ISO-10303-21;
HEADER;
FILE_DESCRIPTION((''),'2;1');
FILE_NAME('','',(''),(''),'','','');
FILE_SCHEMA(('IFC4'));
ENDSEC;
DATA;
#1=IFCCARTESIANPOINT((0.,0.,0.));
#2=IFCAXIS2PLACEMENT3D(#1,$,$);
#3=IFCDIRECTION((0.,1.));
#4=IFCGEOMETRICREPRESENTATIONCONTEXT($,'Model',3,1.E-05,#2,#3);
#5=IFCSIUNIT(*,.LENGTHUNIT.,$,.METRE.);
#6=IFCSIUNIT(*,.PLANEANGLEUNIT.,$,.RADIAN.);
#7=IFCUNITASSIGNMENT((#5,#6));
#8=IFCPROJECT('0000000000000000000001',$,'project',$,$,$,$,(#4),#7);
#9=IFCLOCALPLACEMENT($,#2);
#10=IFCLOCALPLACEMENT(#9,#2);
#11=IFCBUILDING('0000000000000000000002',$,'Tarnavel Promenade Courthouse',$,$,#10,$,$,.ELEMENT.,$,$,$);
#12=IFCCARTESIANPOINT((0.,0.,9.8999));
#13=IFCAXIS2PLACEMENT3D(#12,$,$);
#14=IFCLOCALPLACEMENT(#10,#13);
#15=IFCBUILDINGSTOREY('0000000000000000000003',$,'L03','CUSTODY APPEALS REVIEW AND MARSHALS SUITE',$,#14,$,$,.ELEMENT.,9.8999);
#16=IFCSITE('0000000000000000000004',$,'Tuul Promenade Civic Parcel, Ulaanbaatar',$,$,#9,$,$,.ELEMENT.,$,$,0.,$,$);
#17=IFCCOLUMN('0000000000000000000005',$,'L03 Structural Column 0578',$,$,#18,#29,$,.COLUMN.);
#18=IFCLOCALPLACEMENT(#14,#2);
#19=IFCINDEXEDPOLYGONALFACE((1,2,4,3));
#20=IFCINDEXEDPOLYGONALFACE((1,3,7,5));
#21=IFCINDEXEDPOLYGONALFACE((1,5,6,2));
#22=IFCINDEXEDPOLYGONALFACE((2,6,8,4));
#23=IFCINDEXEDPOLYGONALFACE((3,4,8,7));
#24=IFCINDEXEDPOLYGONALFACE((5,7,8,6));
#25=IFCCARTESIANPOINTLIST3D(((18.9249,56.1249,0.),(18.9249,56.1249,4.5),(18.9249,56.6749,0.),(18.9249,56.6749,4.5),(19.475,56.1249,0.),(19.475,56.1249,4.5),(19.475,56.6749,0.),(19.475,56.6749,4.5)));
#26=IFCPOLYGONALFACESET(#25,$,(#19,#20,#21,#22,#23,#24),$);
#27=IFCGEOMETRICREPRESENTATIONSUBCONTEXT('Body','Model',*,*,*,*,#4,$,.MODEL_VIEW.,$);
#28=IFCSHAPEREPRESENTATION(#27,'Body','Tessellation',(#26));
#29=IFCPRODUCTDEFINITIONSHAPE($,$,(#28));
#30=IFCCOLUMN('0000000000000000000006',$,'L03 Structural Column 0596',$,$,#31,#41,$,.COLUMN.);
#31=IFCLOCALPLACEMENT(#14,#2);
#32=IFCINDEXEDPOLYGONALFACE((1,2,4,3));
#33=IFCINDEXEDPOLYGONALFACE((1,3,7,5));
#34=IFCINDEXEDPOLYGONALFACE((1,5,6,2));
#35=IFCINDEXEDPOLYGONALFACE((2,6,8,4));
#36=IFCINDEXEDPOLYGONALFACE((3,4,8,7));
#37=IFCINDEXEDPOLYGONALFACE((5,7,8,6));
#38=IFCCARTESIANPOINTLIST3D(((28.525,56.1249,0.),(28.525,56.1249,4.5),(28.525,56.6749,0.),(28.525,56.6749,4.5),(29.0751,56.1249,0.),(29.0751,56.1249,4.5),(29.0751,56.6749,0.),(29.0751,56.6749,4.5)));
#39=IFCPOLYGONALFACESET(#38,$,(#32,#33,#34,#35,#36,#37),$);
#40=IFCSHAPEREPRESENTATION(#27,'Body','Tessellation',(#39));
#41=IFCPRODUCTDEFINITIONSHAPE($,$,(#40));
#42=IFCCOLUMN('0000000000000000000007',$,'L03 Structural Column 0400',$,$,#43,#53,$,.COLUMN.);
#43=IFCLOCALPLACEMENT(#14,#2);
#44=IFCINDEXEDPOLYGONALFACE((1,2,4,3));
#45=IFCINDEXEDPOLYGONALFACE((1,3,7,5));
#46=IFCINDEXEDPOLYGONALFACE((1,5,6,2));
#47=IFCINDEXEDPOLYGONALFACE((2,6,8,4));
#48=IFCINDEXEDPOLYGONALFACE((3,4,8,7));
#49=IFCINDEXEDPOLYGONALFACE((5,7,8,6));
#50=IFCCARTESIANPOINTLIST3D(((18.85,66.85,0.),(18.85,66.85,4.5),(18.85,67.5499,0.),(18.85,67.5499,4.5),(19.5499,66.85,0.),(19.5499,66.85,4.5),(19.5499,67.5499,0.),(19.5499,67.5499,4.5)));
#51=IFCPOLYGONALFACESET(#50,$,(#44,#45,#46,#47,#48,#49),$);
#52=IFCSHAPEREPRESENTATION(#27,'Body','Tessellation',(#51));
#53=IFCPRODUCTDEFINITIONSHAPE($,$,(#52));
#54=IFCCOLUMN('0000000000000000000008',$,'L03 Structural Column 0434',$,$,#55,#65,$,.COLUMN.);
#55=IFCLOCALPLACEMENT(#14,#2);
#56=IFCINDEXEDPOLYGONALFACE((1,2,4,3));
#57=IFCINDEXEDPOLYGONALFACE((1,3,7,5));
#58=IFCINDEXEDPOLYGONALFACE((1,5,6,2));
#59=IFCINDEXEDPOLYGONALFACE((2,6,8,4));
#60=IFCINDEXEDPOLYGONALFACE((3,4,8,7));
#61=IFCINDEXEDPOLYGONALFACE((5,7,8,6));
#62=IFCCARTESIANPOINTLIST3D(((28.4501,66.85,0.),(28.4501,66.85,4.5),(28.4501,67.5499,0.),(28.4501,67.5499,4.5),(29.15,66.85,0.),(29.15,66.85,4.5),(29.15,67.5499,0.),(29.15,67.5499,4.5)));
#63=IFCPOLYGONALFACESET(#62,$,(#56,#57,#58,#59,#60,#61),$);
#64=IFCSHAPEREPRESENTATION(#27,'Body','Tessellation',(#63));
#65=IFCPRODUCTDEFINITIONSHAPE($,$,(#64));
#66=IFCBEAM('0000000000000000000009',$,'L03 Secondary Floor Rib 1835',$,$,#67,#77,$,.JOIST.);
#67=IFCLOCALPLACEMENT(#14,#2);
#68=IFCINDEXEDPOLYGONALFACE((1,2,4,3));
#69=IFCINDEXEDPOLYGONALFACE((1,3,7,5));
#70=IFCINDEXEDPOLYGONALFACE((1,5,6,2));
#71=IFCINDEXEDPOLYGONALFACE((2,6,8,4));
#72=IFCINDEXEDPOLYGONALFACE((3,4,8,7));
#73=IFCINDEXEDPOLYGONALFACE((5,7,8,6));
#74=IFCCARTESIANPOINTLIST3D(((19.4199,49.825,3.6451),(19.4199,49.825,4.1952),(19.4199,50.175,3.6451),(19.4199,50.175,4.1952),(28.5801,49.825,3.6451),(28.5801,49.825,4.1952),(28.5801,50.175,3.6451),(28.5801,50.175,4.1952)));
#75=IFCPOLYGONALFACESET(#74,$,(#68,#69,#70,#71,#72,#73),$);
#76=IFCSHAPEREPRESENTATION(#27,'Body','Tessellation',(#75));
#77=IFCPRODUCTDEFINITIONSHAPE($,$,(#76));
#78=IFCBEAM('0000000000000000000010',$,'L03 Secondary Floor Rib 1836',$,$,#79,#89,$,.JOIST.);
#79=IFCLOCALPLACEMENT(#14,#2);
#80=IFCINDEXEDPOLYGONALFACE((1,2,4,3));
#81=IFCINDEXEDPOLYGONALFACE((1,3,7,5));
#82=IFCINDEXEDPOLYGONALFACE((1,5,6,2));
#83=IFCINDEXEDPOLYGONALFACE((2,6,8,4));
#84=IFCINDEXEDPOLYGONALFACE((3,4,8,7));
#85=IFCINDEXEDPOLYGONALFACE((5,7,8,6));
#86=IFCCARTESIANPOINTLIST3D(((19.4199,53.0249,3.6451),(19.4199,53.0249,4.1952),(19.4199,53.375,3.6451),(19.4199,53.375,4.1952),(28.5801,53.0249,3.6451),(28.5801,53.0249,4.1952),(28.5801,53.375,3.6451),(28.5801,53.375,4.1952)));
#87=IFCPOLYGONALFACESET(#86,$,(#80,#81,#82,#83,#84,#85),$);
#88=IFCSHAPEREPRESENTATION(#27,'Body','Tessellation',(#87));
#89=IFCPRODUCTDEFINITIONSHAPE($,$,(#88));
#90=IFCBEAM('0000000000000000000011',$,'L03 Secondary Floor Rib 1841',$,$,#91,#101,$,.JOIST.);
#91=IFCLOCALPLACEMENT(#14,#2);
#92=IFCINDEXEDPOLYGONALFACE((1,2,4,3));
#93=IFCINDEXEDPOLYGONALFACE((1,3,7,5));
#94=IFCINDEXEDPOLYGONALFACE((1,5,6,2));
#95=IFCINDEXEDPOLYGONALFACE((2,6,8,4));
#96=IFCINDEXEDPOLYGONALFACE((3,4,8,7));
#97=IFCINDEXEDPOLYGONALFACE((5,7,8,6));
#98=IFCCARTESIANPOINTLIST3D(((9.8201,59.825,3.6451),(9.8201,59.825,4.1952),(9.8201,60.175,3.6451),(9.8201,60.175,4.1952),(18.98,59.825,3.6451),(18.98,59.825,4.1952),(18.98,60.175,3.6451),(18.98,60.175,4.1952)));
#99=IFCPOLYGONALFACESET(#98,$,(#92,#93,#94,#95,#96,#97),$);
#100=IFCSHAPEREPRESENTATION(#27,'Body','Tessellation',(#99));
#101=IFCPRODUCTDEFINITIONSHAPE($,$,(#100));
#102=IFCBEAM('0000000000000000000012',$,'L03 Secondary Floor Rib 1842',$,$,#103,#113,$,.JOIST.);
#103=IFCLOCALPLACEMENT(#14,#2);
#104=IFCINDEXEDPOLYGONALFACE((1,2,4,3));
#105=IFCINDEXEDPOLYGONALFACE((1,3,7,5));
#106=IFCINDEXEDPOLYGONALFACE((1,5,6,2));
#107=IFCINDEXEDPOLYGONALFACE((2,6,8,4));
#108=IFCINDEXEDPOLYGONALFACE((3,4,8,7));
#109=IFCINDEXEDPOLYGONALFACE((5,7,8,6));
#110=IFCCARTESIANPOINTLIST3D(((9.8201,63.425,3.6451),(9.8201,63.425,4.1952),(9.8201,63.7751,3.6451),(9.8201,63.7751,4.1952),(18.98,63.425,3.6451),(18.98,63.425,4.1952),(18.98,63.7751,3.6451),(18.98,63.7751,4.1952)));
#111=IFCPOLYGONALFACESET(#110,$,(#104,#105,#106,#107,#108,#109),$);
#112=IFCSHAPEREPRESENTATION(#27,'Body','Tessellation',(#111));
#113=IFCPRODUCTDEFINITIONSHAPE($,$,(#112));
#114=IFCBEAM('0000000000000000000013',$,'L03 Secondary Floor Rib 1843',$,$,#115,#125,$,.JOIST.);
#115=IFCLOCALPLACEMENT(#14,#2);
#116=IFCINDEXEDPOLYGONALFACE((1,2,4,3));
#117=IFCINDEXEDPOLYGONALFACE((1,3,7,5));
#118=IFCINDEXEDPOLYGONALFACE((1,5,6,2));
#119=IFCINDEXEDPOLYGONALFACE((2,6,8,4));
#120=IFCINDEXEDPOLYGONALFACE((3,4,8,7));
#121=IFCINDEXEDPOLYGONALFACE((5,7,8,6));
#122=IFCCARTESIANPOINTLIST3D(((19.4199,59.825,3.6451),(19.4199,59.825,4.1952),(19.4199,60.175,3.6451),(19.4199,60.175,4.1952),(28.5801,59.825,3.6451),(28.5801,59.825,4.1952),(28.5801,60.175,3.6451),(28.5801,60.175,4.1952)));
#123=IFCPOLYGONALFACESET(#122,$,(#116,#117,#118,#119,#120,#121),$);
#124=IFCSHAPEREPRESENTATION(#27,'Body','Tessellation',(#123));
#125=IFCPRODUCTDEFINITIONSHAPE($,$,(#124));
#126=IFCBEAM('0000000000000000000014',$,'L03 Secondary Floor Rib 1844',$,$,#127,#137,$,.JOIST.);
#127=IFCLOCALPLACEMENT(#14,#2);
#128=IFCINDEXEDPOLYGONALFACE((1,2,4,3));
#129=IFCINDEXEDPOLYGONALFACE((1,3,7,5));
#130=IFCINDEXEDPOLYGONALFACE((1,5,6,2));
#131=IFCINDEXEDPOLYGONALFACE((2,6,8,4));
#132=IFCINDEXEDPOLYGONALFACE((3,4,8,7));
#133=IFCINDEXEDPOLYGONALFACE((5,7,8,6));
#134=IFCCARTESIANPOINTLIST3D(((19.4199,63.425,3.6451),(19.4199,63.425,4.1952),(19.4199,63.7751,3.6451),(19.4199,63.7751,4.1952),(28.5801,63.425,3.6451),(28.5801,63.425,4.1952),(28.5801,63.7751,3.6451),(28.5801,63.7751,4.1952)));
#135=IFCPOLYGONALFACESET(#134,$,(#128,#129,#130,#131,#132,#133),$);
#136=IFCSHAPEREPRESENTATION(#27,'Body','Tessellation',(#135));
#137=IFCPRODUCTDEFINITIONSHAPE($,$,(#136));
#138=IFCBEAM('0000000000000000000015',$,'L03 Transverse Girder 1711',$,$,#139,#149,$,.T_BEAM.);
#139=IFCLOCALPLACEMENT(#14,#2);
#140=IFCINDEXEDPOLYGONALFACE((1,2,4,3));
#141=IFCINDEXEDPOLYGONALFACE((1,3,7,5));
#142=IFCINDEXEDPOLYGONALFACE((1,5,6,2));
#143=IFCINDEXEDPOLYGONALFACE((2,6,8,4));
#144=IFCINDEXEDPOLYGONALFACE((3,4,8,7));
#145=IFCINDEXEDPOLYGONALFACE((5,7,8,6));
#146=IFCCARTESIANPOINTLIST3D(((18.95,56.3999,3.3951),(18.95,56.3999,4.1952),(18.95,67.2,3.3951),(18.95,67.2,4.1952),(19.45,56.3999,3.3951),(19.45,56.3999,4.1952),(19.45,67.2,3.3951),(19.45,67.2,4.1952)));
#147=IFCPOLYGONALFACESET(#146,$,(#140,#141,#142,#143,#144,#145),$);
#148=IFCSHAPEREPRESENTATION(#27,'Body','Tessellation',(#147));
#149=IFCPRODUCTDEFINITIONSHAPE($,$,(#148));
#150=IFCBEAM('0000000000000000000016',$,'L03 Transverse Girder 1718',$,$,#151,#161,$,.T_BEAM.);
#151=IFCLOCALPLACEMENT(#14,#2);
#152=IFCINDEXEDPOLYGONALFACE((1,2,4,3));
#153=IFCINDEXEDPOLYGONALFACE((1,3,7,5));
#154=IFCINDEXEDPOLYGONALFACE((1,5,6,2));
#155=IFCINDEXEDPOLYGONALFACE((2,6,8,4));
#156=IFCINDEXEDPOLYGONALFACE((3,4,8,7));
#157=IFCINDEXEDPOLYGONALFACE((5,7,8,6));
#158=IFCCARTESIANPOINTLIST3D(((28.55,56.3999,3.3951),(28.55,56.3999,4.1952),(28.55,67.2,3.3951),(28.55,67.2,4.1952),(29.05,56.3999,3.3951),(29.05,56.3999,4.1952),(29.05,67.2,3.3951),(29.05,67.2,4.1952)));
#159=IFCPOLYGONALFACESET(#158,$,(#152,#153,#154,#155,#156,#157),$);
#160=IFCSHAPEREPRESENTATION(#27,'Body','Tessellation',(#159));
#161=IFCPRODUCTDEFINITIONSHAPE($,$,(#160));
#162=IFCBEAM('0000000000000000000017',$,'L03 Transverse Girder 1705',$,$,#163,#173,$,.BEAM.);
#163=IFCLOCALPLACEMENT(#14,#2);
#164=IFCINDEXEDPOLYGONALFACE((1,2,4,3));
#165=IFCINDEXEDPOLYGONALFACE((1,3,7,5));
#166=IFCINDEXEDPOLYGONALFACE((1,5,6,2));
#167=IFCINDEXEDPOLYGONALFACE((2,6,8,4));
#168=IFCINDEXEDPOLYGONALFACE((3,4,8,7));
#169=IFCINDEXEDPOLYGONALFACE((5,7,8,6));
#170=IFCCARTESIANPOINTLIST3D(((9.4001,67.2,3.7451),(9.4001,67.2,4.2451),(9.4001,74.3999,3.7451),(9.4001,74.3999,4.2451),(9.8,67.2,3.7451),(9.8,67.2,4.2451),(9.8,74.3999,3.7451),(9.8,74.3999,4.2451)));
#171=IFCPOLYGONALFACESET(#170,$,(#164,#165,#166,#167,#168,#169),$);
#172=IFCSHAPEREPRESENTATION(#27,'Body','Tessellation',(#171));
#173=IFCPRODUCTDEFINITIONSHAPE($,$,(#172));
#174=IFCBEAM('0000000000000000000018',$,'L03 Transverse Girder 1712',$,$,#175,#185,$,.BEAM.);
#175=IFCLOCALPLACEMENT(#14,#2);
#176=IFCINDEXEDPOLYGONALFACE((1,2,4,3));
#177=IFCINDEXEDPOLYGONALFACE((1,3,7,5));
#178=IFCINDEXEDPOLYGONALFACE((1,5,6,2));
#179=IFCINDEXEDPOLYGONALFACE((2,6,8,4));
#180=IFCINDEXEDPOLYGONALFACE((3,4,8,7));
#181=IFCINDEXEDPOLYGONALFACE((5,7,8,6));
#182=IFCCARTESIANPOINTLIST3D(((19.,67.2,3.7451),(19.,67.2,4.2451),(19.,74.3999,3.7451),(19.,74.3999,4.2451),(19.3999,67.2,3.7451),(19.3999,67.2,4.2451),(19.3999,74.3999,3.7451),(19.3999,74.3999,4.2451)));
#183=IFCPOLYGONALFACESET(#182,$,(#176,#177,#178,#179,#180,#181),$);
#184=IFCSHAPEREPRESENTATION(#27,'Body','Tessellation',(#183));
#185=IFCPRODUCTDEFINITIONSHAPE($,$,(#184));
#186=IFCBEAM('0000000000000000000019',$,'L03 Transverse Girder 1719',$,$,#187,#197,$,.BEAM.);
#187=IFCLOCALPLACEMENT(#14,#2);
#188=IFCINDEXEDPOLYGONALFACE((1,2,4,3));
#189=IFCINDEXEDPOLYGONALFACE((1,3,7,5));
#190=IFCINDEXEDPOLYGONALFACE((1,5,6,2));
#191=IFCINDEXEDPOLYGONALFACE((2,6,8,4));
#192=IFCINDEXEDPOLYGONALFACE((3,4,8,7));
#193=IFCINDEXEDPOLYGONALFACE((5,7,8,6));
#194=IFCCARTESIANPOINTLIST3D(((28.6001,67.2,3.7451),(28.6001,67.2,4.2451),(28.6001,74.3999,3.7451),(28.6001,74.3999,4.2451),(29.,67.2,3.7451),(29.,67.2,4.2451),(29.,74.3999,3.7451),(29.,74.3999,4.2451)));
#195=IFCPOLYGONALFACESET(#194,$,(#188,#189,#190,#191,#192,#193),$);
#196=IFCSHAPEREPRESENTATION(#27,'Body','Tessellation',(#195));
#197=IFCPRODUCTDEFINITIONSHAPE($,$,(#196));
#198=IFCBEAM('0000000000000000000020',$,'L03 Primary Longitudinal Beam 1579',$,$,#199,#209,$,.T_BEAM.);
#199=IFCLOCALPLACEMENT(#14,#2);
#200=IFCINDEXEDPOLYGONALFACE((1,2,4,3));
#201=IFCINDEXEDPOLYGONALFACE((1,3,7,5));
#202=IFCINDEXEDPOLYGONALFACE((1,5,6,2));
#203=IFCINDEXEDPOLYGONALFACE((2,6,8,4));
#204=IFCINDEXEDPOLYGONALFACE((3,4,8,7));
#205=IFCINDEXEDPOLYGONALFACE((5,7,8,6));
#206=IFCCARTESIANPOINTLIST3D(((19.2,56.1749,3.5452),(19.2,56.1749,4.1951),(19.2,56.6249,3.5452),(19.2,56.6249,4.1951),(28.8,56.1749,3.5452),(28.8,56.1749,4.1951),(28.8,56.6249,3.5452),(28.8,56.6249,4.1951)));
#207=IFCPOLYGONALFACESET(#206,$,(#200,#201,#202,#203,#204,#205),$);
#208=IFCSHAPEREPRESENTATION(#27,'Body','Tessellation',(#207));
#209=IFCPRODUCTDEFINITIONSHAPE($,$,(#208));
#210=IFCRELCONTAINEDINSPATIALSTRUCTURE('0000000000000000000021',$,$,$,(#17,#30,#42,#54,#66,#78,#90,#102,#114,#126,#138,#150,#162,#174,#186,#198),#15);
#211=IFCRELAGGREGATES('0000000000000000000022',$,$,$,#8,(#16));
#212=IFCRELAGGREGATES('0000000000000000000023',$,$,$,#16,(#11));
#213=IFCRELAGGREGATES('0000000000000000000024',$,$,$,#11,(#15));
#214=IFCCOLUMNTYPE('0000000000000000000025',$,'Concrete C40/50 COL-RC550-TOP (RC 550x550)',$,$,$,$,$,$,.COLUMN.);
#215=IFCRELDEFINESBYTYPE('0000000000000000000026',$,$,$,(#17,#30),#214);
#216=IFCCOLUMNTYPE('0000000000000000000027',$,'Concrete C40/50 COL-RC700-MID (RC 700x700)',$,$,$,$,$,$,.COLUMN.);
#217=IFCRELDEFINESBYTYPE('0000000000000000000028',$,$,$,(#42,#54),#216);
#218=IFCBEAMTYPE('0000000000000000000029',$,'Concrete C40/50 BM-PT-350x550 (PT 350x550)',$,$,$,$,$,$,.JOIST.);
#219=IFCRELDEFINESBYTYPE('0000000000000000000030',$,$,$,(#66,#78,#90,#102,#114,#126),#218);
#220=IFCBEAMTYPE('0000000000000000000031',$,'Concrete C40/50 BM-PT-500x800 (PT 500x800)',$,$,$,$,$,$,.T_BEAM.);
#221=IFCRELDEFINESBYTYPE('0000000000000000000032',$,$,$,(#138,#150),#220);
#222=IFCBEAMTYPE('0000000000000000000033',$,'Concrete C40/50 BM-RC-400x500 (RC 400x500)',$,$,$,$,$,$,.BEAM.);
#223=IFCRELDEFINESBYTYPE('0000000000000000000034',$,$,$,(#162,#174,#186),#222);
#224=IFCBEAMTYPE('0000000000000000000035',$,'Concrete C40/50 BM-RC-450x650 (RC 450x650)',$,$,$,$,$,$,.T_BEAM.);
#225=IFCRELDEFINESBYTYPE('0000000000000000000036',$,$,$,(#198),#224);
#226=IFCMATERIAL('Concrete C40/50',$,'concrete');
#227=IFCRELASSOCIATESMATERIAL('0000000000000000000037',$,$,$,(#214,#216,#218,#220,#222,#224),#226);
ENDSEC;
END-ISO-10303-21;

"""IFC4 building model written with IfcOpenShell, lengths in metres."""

from ifc_helpers import new_model, si_unit, direction, frame, origin, origin_2d, place, context, subcontext, project, spatial, rectangle, extrude, material, material_profile, profile_set, type_object, element, save


model = new_model("IFC4")

# Units and contexts
model_context = context("Model", 3, precision=1e-05, world=origin(), true_north=direction((0.0, 1.0)))
body_context = subcontext(model_context, "Body", "Model", "MODEL_VIEW")
ifc_project = project(units=[si_unit("LENGTHUNIT", "METRE"), si_unit("PLANEANGLEUNIT", "RADIAN")], contexts=[model_context])

# Site, building, storey
site_placement = place(None, origin())
site = spatial("IfcSite", under=ifc_project, at=site_placement, Name="Tuul Promenade Civic Parcel, Ulaanbaatar", CompositionType="ELEMENT", RefElevation=0.0)
building_placement = place(site_placement, origin())
building = spatial("IfcBuilding", under=site, at=building_placement, Name="Tarnavel Promenade Courthouse", CompositionType="ELEMENT")
storey_placement = place(building_placement, frame((0.0, 0.0, 9.8999)))
storey = spatial("IfcBuildingStorey", under=building, at=storey_placement, Name="L03", Description="CUSTODY APPEALS REVIEW AND MARSHALS SUITE", CompositionType="ELEMENT", Elevation=9.8999)

# Columns
ifc_material_1 = material(Name="Concrete C40/50", Category="concrete")
ifc_material_profile_1 = material_profile(ifc_material_1, rectangle(XDim=0.55, YDim=0.55, at=origin_2d()), Name="RC 550x550")
ifc_profile_set_1 = profile_set([ifc_material_profile_1], Name="Concrete C40/50")
column_type_1 = type_object("IfcColumnType", Name="Concrete C40/50 COL-RC550-TOP (RC 550x550)", PredefinedType="COLUMN", material=ifc_profile_set_1)
for number, where, z_axis, x_axis, name in (
    (1, (19.2, 56.3999, 0.0), (0.0, 0.0, 1.0), (1.0, 0.0, 0.0), "L03 Structural Column 0578"),
    (2, (28.8, 56.3999, 0.0), (0.0, 0.0, 1.0), (1.0, 0.0, 0.0), "L03 Structural Column 0596"),
):
    element("IfcColumn", number, at=place(storey_placement, frame(where, z_axis=z_axis, x_axis=x_axis)), inside=storey, type_object=column_type_1, Name=name, PredefinedType="COLUMN", context=body_context, shape_type="SweptSolid", body=[
        extrude(rectangle(XDim=0.55, YDim=0.55, at=origin_2d()), origin(), (0.0, 0.0, 1.0), 4.5),
    ])
ifc_material_profile_2 = material_profile(ifc_material_1, rectangle(XDim=0.7, YDim=0.7, at=origin_2d()), Name="RC 700x700")
ifc_profile_set_2 = profile_set([ifc_material_profile_2], Name="Concrete C40/50")
column_type_2 = type_object("IfcColumnType", Name="Concrete C40/50 COL-RC700-MID (RC 700x700)", PredefinedType="COLUMN", material=ifc_profile_set_2)
for number, where, z_axis, x_axis, name in (
    (3, (19.2, 67.2, 0.0), (0.0, 0.0, 1.0), (1.0, 0.0, 0.0), "L03 Structural Column 0400"),
    (4, (28.8, 67.2, 0.0), (0.0, 0.0, 1.0), (1.0, 0.0, 0.0), "L03 Structural Column 0434"),
):
    element("IfcColumn", number, at=place(storey_placement, frame(where, z_axis=z_axis, x_axis=x_axis)), inside=storey, type_object=column_type_2, Name=name, PredefinedType="COLUMN", context=body_context, shape_type="SweptSolid", body=[
        extrude(rectangle(XDim=0.7, YDim=0.7, at=origin_2d()), origin(), (0.0, 0.0, 1.0), 4.5),
    ])

# Beams
ifc_material_profile_3 = material_profile(ifc_material_1, rectangle(XDim=0.3501, YDim=0.55, at=origin_2d()), Name="PT 350x550")
ifc_profile_set_3 = profile_set([ifc_material_profile_3], Name="Concrete C40/50")
beam_type_1 = type_object("IfcBeamType", Name="Concrete C40/50 BM-PT-350x550 (PT 350x550)", PredefinedType="JOIST", material=ifc_profile_set_3)
for number, where, z_axis, x_axis, name in (
    (5, (19.4199, 50.0, 3.9202), (1.0, 0.0, 0.0), (0.0, 1.0, 0.0), "L03 Secondary Floor Rib 1835"),
    (6, (19.4199, 53.2, 3.9202), (1.0, 0.0, 0.0), (0.0, 1.0, 0.0), "L03 Secondary Floor Rib 1836"),
):
    element("IfcBeam", number, at=place(storey_placement, frame(where, z_axis=z_axis, x_axis=x_axis)), inside=storey, type_object=beam_type_1, Name=name, PredefinedType="JOIST", context=body_context, shape_type="SweptSolid", body=[
        extrude(rectangle(XDim=0.3501, YDim=0.55, at=origin_2d()), origin(), (0.0, 0.0, 1.0), 9.1602),
    ])
for number, where, z_axis, x_axis, name in (
    (7, (9.8201, 60.0, 3.9202), (1.0, 0.0, 0.0), (0.0, 1.0, 0.0), "L03 Secondary Floor Rib 1841"),
    (8, (9.8201, 63.6001, 3.9202), (1.0, 0.0, 0.0), (0.0, 1.0, 0.0), "L03 Secondary Floor Rib 1842"),
):
    element("IfcBeam", number, at=place(storey_placement, frame(where, z_axis=z_axis, x_axis=x_axis)), inside=storey, type_object=beam_type_1, Name=name, PredefinedType="JOIST", context=body_context, shape_type="SweptSolid", body=[
        extrude(rectangle(XDim=0.3501, YDim=0.55, at=origin_2d()), origin(), (0.0, 0.0, 1.0), 9.1599),
    ])
for number, where, z_axis, x_axis, name in (
    (9, (19.4199, 60.0, 3.9202), (1.0, 0.0, 0.0), (0.0, 1.0, 0.0), "L03 Secondary Floor Rib 1843"),
    (10, (19.4199, 63.6001, 3.9202), (1.0, 0.0, 0.0), (0.0, 1.0, 0.0), "L03 Secondary Floor Rib 1844"),
):
    element("IfcBeam", number, at=place(storey_placement, frame(where, z_axis=z_axis, x_axis=x_axis)), inside=storey, type_object=beam_type_1, Name=name, PredefinedType="JOIST", context=body_context, shape_type="SweptSolid", body=[
        extrude(rectangle(XDim=0.3501, YDim=0.55, at=origin_2d()), origin(), (0.0, 0.0, 1.0), 9.1602),
    ])
ifc_material_profile_4 = material_profile(ifc_material_1, rectangle(XDim=0.5, YDim=0.8, at=origin_2d()), Name="PT 500x800")
ifc_profile_set_4 = profile_set([ifc_material_profile_4], Name="Concrete C40/50")
beam_type_2 = type_object("IfcBeamType", Name="Concrete C40/50 BM-PT-500x800 (PT 500x800)", PredefinedType="T_BEAM", material=ifc_profile_set_4)
for number, where, z_axis, x_axis, name in (
    (11, (19.2, 56.3999, 3.7952), (0.0, 1.0, 0.0), (-1.0, 0.0, 0.0), "L03 Transverse Girder 1711"),
    (12, (28.8, 56.3999, 3.7952), (0.0, 1.0, 0.0), (-1.0, 0.0, 0.0), "L03 Transverse Girder 1718"),
):
    element("IfcBeam", number, at=place(storey_placement, frame(where, z_axis=z_axis, x_axis=x_axis)), inside=storey, type_object=beam_type_2, Name=name, PredefinedType="T_BEAM", context=body_context, shape_type="SweptSolid", body=[
        extrude(rectangle(XDim=0.5, YDim=0.8, at=origin_2d()), origin(), (0.0, 0.0, 1.0), 10.8),
    ])
ifc_material_profile_5 = material_profile(ifc_material_1, rectangle(XDim=0.3999, YDim=0.5, at=origin_2d()), Name="RC 400x500")
ifc_profile_set_5 = profile_set([ifc_material_profile_5], Name="Concrete C40/50")
beam_type_3 = type_object("IfcBeamType", Name="Concrete C40/50 BM-RC-400x500 (RC 400x500)", PredefinedType="BEAM", material=ifc_profile_set_5)
for number, where, z_axis, x_axis, name in (
    (13, (9.6001, 67.2, 3.9951), (0.0, 1.0, 0.0), (-1.0, 0.0, 0.0), "L03 Transverse Girder 1705"),
    (14, (19.2, 67.2, 3.9951), (0.0, 1.0, 0.0), (-1.0, 0.0, 0.0), "L03 Transverse Girder 1712"),
    (15, (28.8, 67.2, 3.9951), (0.0, 1.0, 0.0), (-1.0, 0.0, 0.0), "L03 Transverse Girder 1719"),
):
    element("IfcBeam", number, at=place(storey_placement, frame(where, z_axis=z_axis, x_axis=x_axis)), inside=storey, type_object=beam_type_3, Name=name, PredefinedType="BEAM", context=body_context, shape_type="SweptSolid", body=[
        extrude(rectangle(XDim=0.3999, YDim=0.5, at=origin_2d()), origin(), (0.0, 0.0, 1.0), 7.2),
    ])
ifc_material_profile_6 = material_profile(ifc_material_1, rectangle(XDim=0.45, YDim=0.6499, at=origin_2d()), Name="RC 450x650")
ifc_profile_set_6 = profile_set([ifc_material_profile_6], Name="Concrete C40/50")
beam_type_4 = type_object("IfcBeamType", Name="Concrete C40/50 BM-RC-450x650 (RC 450x650)", PredefinedType="T_BEAM", material=ifc_profile_set_6)
beam_1_placement = place(storey_placement, frame((19.2, 56.3999, 3.8701), z_axis=(1.0, 0.0, 0.0), x_axis=(0.0, 1.0, 0.0)))
element("IfcBeam", 16, at=beam_1_placement, inside=storey, type_object=beam_type_4, Name="L03 Primary Longitudinal Beam 1579", PredefinedType="T_BEAM", context=body_context, shape_type="SweptSolid", body=[
    extrude(rectangle(XDim=0.45, YDim=0.6499, at=origin_2d()), origin(), (0.0, 0.0, 1.0), 9.6001),
])

save(model, "model.ifc")
